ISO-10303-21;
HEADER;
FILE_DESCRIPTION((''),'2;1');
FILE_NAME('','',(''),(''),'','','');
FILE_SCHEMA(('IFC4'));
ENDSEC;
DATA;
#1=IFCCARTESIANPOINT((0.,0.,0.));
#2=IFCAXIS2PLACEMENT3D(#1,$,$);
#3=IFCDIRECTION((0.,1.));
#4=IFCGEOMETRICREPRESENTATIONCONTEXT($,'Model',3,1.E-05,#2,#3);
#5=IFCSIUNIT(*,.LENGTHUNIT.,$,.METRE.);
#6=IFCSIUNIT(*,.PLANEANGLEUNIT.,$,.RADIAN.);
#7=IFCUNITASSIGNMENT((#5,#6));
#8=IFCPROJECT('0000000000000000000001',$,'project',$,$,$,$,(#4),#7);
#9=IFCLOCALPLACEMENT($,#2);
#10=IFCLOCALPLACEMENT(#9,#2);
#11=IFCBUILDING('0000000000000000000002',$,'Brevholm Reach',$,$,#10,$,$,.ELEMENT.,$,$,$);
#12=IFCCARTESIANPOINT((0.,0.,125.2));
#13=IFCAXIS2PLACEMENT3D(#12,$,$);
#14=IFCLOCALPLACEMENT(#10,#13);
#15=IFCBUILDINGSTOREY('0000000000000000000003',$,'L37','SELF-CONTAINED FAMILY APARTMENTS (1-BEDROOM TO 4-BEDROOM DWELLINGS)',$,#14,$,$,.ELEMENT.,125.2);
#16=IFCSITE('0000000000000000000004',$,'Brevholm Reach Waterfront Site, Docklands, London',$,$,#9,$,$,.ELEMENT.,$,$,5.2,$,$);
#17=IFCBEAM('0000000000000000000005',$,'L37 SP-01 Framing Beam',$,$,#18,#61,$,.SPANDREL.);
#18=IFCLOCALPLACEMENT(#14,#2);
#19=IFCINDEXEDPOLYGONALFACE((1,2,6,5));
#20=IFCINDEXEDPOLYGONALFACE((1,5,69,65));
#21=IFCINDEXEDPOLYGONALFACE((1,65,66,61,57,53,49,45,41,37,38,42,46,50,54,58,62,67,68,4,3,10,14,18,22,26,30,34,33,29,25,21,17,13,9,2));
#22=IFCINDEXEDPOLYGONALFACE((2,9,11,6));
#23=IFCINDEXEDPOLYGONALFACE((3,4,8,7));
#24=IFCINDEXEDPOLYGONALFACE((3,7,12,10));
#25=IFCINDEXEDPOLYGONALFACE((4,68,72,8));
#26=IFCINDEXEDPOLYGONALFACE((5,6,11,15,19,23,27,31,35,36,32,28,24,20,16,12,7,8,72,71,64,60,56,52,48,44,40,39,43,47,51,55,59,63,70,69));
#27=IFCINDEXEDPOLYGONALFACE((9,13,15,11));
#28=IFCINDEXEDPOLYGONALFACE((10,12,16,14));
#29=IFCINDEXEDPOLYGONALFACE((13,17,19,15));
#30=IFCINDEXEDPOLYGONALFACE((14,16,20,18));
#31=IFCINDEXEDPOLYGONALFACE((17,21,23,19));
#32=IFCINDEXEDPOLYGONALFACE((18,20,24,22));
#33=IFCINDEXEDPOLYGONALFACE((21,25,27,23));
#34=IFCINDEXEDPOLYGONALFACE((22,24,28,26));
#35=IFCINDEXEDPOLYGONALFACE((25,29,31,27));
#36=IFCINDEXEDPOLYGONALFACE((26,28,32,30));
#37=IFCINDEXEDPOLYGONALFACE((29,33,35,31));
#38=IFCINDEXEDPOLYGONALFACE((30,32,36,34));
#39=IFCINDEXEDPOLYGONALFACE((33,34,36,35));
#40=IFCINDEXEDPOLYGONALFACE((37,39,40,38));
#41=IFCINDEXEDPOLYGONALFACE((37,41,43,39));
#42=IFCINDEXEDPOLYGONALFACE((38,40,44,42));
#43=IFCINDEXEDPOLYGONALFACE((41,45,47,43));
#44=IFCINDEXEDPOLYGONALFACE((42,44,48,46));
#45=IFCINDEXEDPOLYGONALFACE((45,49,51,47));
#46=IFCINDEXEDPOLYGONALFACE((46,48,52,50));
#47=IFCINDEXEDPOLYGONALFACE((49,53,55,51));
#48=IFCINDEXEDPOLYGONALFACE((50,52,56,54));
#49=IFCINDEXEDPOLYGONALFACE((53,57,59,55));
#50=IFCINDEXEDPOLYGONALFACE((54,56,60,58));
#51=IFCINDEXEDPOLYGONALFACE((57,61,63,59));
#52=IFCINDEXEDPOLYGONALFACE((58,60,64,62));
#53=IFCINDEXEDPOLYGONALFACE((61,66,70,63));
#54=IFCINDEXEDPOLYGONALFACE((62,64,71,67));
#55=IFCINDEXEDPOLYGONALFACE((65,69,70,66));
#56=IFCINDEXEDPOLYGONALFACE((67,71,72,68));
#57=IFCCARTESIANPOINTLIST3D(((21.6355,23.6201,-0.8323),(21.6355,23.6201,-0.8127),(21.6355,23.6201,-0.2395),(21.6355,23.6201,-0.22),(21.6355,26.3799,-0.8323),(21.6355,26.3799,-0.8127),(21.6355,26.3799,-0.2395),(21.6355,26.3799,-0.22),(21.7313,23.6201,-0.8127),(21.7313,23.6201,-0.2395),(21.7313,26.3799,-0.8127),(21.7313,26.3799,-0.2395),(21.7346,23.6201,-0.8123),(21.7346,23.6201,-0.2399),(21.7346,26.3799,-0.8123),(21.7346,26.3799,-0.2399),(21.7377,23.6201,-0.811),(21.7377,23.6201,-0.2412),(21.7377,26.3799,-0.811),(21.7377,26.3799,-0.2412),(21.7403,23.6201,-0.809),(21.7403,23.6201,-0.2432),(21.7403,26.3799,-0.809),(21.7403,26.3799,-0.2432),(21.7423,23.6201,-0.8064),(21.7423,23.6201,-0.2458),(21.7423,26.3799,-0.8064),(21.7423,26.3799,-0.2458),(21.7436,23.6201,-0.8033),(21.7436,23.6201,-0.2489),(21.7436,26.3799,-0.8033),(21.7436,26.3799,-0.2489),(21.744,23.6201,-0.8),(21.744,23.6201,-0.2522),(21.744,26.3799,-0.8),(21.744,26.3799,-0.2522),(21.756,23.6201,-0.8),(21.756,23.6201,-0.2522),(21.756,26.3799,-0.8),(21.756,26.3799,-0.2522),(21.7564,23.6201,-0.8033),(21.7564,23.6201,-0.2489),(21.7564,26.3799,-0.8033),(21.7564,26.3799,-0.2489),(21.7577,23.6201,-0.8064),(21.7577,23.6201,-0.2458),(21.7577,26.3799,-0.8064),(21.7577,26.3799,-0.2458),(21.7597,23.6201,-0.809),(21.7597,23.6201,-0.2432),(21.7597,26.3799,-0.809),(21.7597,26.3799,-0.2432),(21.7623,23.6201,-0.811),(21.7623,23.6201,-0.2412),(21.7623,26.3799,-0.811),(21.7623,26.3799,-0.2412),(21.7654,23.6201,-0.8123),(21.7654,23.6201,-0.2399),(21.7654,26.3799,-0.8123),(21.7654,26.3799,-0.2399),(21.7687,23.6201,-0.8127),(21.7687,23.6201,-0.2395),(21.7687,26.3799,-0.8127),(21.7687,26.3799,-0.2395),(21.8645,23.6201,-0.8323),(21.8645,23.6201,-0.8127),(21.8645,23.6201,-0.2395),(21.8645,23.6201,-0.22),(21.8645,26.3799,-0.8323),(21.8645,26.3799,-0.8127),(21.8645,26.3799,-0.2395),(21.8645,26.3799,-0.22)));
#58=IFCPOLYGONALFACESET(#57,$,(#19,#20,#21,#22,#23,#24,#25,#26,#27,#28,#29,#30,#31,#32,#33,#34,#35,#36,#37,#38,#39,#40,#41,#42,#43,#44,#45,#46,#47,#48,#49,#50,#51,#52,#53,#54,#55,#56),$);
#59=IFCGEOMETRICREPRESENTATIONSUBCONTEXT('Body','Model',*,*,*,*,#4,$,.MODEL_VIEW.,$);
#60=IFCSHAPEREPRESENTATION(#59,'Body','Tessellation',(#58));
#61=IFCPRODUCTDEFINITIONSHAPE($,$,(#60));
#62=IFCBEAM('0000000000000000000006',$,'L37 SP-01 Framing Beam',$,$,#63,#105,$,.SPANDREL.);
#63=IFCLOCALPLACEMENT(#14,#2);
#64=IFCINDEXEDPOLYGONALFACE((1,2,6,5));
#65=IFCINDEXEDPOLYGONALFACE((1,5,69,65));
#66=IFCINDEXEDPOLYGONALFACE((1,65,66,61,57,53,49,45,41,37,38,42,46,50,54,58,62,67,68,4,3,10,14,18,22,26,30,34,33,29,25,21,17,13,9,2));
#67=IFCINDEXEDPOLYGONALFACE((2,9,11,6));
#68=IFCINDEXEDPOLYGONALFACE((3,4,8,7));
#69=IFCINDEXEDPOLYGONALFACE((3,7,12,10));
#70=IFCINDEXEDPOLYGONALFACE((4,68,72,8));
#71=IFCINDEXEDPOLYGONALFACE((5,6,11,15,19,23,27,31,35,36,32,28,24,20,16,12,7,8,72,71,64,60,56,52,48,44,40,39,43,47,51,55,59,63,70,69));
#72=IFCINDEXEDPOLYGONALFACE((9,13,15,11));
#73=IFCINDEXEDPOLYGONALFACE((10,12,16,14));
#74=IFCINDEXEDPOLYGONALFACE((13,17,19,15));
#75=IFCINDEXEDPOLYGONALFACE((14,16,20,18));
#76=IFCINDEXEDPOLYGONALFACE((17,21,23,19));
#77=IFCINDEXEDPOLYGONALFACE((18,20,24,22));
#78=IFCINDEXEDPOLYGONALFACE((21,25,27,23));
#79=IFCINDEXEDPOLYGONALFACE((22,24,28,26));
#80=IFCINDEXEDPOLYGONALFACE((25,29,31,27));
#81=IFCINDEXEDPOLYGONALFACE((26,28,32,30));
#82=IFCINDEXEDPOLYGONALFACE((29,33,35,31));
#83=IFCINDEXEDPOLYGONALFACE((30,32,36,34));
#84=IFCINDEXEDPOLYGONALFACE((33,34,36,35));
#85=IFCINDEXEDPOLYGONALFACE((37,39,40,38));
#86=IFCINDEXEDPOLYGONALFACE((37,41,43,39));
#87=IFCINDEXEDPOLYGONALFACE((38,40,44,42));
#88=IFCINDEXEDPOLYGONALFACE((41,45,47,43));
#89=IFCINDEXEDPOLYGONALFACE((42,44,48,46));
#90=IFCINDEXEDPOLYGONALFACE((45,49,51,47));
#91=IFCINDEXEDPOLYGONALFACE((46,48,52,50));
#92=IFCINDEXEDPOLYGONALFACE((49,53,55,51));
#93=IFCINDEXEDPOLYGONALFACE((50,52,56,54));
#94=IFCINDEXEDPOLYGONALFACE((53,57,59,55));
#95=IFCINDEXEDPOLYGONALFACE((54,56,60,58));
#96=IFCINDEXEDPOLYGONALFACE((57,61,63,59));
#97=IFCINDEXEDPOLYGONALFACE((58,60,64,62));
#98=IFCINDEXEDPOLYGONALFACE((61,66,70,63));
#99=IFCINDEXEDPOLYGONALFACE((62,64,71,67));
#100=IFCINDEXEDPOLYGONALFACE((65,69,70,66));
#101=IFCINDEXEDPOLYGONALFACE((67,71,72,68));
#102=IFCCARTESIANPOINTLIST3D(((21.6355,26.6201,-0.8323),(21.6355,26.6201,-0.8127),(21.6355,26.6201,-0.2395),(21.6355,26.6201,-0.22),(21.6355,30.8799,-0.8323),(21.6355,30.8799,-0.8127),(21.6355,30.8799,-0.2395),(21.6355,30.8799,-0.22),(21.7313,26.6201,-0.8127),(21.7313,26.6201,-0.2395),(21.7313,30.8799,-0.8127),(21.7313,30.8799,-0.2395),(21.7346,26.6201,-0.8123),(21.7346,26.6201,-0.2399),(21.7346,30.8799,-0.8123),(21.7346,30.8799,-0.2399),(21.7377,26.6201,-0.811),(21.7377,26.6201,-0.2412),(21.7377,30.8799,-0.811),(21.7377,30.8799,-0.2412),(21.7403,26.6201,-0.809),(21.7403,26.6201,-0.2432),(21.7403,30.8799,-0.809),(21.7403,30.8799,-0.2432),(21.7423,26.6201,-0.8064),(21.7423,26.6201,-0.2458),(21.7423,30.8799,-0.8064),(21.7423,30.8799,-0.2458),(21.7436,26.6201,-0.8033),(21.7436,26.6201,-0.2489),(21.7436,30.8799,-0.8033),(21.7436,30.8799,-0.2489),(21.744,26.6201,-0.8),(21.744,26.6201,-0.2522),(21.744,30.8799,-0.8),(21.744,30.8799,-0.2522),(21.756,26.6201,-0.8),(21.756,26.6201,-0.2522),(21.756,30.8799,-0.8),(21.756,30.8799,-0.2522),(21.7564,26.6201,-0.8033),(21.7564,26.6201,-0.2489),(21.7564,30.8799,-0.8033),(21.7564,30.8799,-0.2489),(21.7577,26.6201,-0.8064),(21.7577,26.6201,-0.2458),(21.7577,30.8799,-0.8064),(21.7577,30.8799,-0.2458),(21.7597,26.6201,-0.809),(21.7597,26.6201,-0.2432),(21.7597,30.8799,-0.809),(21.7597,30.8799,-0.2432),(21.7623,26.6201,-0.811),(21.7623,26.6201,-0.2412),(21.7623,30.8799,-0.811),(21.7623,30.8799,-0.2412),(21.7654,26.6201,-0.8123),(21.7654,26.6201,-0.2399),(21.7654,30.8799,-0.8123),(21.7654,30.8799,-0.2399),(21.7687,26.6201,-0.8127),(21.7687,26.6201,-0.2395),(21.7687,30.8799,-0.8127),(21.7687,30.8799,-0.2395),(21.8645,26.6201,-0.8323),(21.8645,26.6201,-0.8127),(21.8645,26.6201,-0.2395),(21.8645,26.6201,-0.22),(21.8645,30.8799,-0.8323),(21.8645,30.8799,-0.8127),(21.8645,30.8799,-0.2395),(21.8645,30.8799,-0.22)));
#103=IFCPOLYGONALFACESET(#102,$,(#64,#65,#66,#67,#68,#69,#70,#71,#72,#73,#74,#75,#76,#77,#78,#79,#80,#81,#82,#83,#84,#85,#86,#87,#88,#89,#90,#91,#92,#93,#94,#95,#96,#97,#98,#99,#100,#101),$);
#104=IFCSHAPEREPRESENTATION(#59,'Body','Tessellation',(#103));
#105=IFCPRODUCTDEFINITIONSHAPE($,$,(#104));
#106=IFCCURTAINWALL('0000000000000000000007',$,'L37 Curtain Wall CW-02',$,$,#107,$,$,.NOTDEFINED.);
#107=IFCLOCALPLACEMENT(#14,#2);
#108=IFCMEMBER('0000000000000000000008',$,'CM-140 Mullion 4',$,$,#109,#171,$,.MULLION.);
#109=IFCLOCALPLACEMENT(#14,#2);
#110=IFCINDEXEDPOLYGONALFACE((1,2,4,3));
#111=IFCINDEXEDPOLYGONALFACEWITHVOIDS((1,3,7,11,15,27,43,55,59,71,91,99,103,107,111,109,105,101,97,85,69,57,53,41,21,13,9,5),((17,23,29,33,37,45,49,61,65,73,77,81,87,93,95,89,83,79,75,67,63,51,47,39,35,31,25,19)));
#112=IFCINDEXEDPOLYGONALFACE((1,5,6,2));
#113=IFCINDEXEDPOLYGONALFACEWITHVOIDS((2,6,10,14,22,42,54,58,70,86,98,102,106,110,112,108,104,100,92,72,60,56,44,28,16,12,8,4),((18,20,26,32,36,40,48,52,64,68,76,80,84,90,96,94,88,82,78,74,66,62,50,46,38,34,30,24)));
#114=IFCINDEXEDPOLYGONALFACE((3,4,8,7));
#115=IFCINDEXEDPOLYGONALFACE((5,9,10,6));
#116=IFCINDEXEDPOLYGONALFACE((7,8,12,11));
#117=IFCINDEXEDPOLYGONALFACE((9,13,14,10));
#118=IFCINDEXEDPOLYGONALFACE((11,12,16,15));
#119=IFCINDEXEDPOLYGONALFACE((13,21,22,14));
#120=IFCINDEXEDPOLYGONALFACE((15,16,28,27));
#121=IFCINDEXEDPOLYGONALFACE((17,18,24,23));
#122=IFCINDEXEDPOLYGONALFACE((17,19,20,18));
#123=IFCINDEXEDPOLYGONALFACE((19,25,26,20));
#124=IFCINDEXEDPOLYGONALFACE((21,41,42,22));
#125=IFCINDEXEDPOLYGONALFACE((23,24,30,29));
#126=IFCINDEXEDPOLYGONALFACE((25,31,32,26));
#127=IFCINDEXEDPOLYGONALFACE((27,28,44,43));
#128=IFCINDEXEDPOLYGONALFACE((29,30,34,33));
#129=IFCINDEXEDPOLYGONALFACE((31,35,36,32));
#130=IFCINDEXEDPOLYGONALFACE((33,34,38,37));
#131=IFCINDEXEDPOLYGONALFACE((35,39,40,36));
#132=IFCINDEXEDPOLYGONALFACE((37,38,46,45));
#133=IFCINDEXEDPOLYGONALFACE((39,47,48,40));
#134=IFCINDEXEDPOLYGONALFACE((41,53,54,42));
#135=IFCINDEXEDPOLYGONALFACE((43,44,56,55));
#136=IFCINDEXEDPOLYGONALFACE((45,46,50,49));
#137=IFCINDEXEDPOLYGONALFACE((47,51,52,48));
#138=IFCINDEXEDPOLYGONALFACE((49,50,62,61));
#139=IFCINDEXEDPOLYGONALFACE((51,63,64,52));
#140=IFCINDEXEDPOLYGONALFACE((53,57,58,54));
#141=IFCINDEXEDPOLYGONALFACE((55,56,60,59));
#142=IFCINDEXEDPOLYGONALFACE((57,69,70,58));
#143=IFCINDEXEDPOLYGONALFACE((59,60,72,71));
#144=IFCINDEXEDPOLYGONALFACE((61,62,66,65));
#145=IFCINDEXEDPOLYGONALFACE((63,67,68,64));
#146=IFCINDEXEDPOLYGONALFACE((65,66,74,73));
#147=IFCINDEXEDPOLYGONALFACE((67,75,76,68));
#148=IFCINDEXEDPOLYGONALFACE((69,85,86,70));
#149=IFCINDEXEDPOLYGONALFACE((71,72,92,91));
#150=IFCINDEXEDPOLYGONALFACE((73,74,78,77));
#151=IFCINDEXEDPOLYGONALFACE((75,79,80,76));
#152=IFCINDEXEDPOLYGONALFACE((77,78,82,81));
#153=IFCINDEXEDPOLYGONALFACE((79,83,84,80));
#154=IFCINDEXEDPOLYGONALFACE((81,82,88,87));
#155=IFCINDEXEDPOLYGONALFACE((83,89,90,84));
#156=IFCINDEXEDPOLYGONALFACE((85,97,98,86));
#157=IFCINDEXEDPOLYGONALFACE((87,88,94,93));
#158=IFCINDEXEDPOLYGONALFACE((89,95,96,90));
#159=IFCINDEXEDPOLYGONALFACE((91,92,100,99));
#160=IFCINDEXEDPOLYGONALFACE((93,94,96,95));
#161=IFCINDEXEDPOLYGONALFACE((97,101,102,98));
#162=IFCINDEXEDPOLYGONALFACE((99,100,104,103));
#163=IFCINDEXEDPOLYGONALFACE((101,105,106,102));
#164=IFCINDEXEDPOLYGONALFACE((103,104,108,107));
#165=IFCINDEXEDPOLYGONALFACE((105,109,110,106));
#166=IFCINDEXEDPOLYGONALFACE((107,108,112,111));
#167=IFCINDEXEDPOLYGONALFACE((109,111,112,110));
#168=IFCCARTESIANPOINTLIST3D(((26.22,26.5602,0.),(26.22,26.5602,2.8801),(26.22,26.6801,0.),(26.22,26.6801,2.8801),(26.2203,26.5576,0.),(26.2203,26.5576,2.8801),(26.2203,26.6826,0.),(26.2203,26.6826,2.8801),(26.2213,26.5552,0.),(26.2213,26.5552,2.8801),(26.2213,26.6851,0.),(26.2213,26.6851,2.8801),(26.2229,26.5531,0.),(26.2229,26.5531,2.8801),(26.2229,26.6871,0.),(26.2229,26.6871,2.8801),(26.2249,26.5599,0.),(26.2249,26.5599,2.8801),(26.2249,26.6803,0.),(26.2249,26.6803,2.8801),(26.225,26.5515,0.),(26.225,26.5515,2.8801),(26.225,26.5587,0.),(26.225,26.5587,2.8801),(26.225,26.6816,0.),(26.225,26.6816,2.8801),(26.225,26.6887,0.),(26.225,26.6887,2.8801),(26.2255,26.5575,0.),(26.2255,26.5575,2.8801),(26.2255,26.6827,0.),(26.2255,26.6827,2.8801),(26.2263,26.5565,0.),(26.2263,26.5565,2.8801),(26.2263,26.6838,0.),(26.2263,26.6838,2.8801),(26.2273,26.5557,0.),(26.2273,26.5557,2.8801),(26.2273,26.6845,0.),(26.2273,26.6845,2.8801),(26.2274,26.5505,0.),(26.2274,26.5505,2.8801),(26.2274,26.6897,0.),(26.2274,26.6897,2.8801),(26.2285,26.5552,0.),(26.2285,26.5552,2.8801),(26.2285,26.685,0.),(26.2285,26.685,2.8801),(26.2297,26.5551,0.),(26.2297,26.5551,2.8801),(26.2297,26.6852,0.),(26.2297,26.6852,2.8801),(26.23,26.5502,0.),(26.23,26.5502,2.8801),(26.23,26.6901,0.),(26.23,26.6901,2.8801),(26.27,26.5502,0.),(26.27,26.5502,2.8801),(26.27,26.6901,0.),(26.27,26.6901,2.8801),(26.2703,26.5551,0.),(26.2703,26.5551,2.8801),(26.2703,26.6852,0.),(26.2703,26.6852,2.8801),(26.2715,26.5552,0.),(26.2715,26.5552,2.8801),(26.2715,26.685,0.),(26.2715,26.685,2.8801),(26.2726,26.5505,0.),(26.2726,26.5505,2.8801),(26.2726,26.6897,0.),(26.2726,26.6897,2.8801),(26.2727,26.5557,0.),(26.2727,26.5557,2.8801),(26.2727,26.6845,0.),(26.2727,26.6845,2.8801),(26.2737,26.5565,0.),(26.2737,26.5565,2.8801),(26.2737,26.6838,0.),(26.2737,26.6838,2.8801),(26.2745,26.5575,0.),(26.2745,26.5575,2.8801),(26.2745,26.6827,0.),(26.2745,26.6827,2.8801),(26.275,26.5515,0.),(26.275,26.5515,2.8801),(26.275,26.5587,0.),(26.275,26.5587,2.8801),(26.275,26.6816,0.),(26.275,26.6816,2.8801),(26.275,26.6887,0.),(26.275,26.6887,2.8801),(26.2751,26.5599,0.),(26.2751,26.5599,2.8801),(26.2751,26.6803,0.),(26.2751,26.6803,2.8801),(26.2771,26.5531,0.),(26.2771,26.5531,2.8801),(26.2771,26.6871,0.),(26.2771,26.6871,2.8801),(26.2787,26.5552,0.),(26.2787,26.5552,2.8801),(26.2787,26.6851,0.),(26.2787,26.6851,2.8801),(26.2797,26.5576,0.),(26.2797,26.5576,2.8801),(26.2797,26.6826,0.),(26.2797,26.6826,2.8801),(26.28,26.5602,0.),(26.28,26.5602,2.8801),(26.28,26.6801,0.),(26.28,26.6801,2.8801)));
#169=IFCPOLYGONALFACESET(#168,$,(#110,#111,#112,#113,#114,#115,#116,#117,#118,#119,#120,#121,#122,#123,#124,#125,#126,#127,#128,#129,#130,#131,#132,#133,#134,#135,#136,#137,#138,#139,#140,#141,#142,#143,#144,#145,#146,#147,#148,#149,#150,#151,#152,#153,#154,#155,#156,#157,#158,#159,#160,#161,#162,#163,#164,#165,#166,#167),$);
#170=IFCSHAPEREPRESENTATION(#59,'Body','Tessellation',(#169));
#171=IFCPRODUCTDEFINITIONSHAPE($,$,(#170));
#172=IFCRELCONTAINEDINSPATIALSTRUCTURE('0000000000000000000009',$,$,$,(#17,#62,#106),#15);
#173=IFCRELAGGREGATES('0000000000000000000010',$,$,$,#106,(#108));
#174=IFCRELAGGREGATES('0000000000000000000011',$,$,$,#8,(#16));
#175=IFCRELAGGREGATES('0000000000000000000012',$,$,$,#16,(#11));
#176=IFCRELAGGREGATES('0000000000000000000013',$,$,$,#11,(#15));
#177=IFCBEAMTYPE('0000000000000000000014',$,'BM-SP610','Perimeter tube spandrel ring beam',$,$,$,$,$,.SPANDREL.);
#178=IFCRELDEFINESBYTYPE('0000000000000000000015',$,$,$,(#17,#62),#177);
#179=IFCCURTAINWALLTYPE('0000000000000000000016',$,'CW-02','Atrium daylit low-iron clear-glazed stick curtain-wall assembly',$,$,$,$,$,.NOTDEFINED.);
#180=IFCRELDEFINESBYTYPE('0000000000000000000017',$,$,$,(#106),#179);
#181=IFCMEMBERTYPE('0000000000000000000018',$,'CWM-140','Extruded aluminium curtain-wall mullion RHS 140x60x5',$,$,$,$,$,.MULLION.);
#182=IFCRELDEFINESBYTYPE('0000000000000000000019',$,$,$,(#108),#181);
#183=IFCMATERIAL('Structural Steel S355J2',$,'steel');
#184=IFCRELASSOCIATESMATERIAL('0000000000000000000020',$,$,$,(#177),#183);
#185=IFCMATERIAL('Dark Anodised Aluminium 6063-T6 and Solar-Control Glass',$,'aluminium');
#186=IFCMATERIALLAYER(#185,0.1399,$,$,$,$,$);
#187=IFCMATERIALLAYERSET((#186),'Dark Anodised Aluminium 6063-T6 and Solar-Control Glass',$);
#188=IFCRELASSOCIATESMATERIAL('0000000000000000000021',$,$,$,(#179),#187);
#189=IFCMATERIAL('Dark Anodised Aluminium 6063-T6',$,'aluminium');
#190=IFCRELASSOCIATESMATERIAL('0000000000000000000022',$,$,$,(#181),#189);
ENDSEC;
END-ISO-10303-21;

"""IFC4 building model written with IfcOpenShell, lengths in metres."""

from ifc_helpers import new_model, si_unit, direction, frame, origin, origin_2d, place, context, subcontext, project, spatial, hollow_rectangle, i_section, extrude, material, layer, layer_set, material_profile, profile_set, type_object, element, aggregate, save


model = new_model("IFC4")

# Units and contexts
model_context = context("Model", 3, precision=1e-05, world=origin(), true_north=direction((0.0, 1.0)))
body_context = subcontext(model_context, "Body", "Model", "MODEL_VIEW")
ifc_project = project(units=[si_unit("LENGTHUNIT", "METRE"), si_unit("PLANEANGLEUNIT", "RADIAN")], contexts=[model_context])

# Site, building, storey
site_placement = place(None, origin())
site = spatial("IfcSite", under=ifc_project, at=site_placement, Name="Brevholm Reach Waterfront Site, Docklands, London", CompositionType="ELEMENT", RefElevation=5.2)
building_placement = place(site_placement, origin())
building = spatial("IfcBuilding", under=site, at=building_placement, Name="Brevholm Reach", CompositionType="ELEMENT")
storey_placement = place(building_placement, frame((0.0, 0.0, 125.2)))
storey = spatial("IfcBuildingStorey", under=building, at=storey_placement, Name="L37", Description="SELF-CONTAINED FAMILY APARTMENTS (1-BEDROOM TO 4-BEDROOM DWELLINGS)", CompositionType="ELEMENT", Elevation=125.2)

# Beams
ifc_material_1 = material(Name="Structural Steel S355J2", Category="steel")
ifc_material_profile_1 = material_profile(ifc_material_1, i_section(OverallWidth=0.229, OverallDepth=0.6123, WebThickness=0.012, FlangeThickness=0.0195, FilletRadius=0.0127, at=origin_2d()), Name="UKB 610x229x125")
ifc_profile_set_1 = profile_set([ifc_material_profile_1], Name="Structural Steel S355J2")
beam_type_1 = type_object("IfcBeamType", Name="BM-SP610", Description="Perimeter tube spandrel ring beam", PredefinedType="SPANDREL", material=ifc_profile_set_1)
beam_1_placement = place(storey_placement, frame((21.75, 23.6201, -0.5261), z_axis=(0.0, 1.0, 0.0), x_axis=(-1.0, 0.0, 0.0)))
element("IfcBeam", 1, at=beam_1_placement, inside=storey, type_object=beam_type_1, Name="L37 SP-01 Framing Beam", PredefinedType="SPANDREL", context=body_context, shape_type="SweptSolid", body=[
    extrude(i_section(OverallWidth=0.229, OverallDepth=0.6123, WebThickness=0.012, FlangeThickness=0.0195, FilletRadius=0.0127, at=origin_2d()), origin(), (0.0, 0.0, 1.0), 2.7598),
])
beam_2_placement = place(storey_placement, frame((21.75, 26.6201, -0.5261), z_axis=(0.0, 1.0, 0.0), x_axis=(-1.0, 0.0, 0.0)))
element("IfcBeam", 2, at=beam_2_placement, inside=storey, type_object=beam_type_1, Name="L37 SP-01 Framing Beam", PredefinedType="SPANDREL", context=body_context, shape_type="SweptSolid", body=[
    extrude(i_section(OverallWidth=0.229, OverallDepth=0.6123, WebThickness=0.012, FlangeThickness=0.0195, FilletRadius=0.0127, at=origin_2d()), origin(), (0.0, 0.0, 1.0), 4.2598),
])

# Curtain wall, member
ifc_material_2 = material(Name="Dark Anodised Aluminium 6063-T6 and Solar-Control Glass", Category="aluminium")
ifc_layer_1 = layer(ifc_material_2, 0.1399)
ifc_layer_set_1 = layer_set([ifc_layer_1], Name="Dark Anodised Aluminium 6063-T6 and Solar-Control Glass")
curtain_wall_type_1 = type_object("IfcCurtainWallType", Name="CW-02", Description="Atrium daylit low-iron clear-glazed stick curtain-wall assembly", PredefinedType="NOTDEFINED", material=ifc_layer_set_1)
curtain_wall_1_placement = place(storey_placement, origin())
curtain_wall_1 = element("IfcCurtainWall", 3, at=curtain_wall_1_placement, inside=storey, type_object=curtain_wall_type_1, Name="L37 Curtain Wall CW-02", PredefinedType="NOTDEFINED")
ifc_material_3 = material(Name="Dark Anodised Aluminium 6063-T6", Category="aluminium")
ifc_material_profile_2 = material_profile(ifc_material_3, hollow_rectangle(XDim=0.0601, YDim=0.1399, WallThickness=0.0049, InnerFilletRadius=0.0049, OuterFilletRadius=0.01, at=origin_2d()), Name="RHS 140x60x5")
ifc_profile_set_2 = profile_set([ifc_material_profile_2], Name="Dark Anodised Aluminium 6063-T6")
member_type_1 = type_object("IfcMemberType", Name="CWM-140", Description="Extruded aluminium curtain-wall mullion RHS 140x60x5", PredefinedType="MULLION", material=ifc_profile_set_2)
member_1_placement = place(storey_placement, frame((26.25, 26.6201, 0.0), z_axis=(0.0, 0.0, 1.0), x_axis=(-1.0, 0.0, 0.0)))
member_1 = element("IfcMember", 4, at=member_1_placement, type_object=member_type_1, Name="CM-140 Mullion 4", PredefinedType="MULLION", context=body_context, shape_type="SweptSolid", body=[
    extrude(hollow_rectangle(XDim=0.0601, YDim=0.1399, WallThickness=0.0049, InnerFilletRadius=0.0049, OuterFilletRadius=0.01, at=origin_2d()), origin(), (0.0, 0.0, 1.0), 2.8801),
])

aggregate(curtain_wall_1, [member_1])

save(model, "model.ifc")
